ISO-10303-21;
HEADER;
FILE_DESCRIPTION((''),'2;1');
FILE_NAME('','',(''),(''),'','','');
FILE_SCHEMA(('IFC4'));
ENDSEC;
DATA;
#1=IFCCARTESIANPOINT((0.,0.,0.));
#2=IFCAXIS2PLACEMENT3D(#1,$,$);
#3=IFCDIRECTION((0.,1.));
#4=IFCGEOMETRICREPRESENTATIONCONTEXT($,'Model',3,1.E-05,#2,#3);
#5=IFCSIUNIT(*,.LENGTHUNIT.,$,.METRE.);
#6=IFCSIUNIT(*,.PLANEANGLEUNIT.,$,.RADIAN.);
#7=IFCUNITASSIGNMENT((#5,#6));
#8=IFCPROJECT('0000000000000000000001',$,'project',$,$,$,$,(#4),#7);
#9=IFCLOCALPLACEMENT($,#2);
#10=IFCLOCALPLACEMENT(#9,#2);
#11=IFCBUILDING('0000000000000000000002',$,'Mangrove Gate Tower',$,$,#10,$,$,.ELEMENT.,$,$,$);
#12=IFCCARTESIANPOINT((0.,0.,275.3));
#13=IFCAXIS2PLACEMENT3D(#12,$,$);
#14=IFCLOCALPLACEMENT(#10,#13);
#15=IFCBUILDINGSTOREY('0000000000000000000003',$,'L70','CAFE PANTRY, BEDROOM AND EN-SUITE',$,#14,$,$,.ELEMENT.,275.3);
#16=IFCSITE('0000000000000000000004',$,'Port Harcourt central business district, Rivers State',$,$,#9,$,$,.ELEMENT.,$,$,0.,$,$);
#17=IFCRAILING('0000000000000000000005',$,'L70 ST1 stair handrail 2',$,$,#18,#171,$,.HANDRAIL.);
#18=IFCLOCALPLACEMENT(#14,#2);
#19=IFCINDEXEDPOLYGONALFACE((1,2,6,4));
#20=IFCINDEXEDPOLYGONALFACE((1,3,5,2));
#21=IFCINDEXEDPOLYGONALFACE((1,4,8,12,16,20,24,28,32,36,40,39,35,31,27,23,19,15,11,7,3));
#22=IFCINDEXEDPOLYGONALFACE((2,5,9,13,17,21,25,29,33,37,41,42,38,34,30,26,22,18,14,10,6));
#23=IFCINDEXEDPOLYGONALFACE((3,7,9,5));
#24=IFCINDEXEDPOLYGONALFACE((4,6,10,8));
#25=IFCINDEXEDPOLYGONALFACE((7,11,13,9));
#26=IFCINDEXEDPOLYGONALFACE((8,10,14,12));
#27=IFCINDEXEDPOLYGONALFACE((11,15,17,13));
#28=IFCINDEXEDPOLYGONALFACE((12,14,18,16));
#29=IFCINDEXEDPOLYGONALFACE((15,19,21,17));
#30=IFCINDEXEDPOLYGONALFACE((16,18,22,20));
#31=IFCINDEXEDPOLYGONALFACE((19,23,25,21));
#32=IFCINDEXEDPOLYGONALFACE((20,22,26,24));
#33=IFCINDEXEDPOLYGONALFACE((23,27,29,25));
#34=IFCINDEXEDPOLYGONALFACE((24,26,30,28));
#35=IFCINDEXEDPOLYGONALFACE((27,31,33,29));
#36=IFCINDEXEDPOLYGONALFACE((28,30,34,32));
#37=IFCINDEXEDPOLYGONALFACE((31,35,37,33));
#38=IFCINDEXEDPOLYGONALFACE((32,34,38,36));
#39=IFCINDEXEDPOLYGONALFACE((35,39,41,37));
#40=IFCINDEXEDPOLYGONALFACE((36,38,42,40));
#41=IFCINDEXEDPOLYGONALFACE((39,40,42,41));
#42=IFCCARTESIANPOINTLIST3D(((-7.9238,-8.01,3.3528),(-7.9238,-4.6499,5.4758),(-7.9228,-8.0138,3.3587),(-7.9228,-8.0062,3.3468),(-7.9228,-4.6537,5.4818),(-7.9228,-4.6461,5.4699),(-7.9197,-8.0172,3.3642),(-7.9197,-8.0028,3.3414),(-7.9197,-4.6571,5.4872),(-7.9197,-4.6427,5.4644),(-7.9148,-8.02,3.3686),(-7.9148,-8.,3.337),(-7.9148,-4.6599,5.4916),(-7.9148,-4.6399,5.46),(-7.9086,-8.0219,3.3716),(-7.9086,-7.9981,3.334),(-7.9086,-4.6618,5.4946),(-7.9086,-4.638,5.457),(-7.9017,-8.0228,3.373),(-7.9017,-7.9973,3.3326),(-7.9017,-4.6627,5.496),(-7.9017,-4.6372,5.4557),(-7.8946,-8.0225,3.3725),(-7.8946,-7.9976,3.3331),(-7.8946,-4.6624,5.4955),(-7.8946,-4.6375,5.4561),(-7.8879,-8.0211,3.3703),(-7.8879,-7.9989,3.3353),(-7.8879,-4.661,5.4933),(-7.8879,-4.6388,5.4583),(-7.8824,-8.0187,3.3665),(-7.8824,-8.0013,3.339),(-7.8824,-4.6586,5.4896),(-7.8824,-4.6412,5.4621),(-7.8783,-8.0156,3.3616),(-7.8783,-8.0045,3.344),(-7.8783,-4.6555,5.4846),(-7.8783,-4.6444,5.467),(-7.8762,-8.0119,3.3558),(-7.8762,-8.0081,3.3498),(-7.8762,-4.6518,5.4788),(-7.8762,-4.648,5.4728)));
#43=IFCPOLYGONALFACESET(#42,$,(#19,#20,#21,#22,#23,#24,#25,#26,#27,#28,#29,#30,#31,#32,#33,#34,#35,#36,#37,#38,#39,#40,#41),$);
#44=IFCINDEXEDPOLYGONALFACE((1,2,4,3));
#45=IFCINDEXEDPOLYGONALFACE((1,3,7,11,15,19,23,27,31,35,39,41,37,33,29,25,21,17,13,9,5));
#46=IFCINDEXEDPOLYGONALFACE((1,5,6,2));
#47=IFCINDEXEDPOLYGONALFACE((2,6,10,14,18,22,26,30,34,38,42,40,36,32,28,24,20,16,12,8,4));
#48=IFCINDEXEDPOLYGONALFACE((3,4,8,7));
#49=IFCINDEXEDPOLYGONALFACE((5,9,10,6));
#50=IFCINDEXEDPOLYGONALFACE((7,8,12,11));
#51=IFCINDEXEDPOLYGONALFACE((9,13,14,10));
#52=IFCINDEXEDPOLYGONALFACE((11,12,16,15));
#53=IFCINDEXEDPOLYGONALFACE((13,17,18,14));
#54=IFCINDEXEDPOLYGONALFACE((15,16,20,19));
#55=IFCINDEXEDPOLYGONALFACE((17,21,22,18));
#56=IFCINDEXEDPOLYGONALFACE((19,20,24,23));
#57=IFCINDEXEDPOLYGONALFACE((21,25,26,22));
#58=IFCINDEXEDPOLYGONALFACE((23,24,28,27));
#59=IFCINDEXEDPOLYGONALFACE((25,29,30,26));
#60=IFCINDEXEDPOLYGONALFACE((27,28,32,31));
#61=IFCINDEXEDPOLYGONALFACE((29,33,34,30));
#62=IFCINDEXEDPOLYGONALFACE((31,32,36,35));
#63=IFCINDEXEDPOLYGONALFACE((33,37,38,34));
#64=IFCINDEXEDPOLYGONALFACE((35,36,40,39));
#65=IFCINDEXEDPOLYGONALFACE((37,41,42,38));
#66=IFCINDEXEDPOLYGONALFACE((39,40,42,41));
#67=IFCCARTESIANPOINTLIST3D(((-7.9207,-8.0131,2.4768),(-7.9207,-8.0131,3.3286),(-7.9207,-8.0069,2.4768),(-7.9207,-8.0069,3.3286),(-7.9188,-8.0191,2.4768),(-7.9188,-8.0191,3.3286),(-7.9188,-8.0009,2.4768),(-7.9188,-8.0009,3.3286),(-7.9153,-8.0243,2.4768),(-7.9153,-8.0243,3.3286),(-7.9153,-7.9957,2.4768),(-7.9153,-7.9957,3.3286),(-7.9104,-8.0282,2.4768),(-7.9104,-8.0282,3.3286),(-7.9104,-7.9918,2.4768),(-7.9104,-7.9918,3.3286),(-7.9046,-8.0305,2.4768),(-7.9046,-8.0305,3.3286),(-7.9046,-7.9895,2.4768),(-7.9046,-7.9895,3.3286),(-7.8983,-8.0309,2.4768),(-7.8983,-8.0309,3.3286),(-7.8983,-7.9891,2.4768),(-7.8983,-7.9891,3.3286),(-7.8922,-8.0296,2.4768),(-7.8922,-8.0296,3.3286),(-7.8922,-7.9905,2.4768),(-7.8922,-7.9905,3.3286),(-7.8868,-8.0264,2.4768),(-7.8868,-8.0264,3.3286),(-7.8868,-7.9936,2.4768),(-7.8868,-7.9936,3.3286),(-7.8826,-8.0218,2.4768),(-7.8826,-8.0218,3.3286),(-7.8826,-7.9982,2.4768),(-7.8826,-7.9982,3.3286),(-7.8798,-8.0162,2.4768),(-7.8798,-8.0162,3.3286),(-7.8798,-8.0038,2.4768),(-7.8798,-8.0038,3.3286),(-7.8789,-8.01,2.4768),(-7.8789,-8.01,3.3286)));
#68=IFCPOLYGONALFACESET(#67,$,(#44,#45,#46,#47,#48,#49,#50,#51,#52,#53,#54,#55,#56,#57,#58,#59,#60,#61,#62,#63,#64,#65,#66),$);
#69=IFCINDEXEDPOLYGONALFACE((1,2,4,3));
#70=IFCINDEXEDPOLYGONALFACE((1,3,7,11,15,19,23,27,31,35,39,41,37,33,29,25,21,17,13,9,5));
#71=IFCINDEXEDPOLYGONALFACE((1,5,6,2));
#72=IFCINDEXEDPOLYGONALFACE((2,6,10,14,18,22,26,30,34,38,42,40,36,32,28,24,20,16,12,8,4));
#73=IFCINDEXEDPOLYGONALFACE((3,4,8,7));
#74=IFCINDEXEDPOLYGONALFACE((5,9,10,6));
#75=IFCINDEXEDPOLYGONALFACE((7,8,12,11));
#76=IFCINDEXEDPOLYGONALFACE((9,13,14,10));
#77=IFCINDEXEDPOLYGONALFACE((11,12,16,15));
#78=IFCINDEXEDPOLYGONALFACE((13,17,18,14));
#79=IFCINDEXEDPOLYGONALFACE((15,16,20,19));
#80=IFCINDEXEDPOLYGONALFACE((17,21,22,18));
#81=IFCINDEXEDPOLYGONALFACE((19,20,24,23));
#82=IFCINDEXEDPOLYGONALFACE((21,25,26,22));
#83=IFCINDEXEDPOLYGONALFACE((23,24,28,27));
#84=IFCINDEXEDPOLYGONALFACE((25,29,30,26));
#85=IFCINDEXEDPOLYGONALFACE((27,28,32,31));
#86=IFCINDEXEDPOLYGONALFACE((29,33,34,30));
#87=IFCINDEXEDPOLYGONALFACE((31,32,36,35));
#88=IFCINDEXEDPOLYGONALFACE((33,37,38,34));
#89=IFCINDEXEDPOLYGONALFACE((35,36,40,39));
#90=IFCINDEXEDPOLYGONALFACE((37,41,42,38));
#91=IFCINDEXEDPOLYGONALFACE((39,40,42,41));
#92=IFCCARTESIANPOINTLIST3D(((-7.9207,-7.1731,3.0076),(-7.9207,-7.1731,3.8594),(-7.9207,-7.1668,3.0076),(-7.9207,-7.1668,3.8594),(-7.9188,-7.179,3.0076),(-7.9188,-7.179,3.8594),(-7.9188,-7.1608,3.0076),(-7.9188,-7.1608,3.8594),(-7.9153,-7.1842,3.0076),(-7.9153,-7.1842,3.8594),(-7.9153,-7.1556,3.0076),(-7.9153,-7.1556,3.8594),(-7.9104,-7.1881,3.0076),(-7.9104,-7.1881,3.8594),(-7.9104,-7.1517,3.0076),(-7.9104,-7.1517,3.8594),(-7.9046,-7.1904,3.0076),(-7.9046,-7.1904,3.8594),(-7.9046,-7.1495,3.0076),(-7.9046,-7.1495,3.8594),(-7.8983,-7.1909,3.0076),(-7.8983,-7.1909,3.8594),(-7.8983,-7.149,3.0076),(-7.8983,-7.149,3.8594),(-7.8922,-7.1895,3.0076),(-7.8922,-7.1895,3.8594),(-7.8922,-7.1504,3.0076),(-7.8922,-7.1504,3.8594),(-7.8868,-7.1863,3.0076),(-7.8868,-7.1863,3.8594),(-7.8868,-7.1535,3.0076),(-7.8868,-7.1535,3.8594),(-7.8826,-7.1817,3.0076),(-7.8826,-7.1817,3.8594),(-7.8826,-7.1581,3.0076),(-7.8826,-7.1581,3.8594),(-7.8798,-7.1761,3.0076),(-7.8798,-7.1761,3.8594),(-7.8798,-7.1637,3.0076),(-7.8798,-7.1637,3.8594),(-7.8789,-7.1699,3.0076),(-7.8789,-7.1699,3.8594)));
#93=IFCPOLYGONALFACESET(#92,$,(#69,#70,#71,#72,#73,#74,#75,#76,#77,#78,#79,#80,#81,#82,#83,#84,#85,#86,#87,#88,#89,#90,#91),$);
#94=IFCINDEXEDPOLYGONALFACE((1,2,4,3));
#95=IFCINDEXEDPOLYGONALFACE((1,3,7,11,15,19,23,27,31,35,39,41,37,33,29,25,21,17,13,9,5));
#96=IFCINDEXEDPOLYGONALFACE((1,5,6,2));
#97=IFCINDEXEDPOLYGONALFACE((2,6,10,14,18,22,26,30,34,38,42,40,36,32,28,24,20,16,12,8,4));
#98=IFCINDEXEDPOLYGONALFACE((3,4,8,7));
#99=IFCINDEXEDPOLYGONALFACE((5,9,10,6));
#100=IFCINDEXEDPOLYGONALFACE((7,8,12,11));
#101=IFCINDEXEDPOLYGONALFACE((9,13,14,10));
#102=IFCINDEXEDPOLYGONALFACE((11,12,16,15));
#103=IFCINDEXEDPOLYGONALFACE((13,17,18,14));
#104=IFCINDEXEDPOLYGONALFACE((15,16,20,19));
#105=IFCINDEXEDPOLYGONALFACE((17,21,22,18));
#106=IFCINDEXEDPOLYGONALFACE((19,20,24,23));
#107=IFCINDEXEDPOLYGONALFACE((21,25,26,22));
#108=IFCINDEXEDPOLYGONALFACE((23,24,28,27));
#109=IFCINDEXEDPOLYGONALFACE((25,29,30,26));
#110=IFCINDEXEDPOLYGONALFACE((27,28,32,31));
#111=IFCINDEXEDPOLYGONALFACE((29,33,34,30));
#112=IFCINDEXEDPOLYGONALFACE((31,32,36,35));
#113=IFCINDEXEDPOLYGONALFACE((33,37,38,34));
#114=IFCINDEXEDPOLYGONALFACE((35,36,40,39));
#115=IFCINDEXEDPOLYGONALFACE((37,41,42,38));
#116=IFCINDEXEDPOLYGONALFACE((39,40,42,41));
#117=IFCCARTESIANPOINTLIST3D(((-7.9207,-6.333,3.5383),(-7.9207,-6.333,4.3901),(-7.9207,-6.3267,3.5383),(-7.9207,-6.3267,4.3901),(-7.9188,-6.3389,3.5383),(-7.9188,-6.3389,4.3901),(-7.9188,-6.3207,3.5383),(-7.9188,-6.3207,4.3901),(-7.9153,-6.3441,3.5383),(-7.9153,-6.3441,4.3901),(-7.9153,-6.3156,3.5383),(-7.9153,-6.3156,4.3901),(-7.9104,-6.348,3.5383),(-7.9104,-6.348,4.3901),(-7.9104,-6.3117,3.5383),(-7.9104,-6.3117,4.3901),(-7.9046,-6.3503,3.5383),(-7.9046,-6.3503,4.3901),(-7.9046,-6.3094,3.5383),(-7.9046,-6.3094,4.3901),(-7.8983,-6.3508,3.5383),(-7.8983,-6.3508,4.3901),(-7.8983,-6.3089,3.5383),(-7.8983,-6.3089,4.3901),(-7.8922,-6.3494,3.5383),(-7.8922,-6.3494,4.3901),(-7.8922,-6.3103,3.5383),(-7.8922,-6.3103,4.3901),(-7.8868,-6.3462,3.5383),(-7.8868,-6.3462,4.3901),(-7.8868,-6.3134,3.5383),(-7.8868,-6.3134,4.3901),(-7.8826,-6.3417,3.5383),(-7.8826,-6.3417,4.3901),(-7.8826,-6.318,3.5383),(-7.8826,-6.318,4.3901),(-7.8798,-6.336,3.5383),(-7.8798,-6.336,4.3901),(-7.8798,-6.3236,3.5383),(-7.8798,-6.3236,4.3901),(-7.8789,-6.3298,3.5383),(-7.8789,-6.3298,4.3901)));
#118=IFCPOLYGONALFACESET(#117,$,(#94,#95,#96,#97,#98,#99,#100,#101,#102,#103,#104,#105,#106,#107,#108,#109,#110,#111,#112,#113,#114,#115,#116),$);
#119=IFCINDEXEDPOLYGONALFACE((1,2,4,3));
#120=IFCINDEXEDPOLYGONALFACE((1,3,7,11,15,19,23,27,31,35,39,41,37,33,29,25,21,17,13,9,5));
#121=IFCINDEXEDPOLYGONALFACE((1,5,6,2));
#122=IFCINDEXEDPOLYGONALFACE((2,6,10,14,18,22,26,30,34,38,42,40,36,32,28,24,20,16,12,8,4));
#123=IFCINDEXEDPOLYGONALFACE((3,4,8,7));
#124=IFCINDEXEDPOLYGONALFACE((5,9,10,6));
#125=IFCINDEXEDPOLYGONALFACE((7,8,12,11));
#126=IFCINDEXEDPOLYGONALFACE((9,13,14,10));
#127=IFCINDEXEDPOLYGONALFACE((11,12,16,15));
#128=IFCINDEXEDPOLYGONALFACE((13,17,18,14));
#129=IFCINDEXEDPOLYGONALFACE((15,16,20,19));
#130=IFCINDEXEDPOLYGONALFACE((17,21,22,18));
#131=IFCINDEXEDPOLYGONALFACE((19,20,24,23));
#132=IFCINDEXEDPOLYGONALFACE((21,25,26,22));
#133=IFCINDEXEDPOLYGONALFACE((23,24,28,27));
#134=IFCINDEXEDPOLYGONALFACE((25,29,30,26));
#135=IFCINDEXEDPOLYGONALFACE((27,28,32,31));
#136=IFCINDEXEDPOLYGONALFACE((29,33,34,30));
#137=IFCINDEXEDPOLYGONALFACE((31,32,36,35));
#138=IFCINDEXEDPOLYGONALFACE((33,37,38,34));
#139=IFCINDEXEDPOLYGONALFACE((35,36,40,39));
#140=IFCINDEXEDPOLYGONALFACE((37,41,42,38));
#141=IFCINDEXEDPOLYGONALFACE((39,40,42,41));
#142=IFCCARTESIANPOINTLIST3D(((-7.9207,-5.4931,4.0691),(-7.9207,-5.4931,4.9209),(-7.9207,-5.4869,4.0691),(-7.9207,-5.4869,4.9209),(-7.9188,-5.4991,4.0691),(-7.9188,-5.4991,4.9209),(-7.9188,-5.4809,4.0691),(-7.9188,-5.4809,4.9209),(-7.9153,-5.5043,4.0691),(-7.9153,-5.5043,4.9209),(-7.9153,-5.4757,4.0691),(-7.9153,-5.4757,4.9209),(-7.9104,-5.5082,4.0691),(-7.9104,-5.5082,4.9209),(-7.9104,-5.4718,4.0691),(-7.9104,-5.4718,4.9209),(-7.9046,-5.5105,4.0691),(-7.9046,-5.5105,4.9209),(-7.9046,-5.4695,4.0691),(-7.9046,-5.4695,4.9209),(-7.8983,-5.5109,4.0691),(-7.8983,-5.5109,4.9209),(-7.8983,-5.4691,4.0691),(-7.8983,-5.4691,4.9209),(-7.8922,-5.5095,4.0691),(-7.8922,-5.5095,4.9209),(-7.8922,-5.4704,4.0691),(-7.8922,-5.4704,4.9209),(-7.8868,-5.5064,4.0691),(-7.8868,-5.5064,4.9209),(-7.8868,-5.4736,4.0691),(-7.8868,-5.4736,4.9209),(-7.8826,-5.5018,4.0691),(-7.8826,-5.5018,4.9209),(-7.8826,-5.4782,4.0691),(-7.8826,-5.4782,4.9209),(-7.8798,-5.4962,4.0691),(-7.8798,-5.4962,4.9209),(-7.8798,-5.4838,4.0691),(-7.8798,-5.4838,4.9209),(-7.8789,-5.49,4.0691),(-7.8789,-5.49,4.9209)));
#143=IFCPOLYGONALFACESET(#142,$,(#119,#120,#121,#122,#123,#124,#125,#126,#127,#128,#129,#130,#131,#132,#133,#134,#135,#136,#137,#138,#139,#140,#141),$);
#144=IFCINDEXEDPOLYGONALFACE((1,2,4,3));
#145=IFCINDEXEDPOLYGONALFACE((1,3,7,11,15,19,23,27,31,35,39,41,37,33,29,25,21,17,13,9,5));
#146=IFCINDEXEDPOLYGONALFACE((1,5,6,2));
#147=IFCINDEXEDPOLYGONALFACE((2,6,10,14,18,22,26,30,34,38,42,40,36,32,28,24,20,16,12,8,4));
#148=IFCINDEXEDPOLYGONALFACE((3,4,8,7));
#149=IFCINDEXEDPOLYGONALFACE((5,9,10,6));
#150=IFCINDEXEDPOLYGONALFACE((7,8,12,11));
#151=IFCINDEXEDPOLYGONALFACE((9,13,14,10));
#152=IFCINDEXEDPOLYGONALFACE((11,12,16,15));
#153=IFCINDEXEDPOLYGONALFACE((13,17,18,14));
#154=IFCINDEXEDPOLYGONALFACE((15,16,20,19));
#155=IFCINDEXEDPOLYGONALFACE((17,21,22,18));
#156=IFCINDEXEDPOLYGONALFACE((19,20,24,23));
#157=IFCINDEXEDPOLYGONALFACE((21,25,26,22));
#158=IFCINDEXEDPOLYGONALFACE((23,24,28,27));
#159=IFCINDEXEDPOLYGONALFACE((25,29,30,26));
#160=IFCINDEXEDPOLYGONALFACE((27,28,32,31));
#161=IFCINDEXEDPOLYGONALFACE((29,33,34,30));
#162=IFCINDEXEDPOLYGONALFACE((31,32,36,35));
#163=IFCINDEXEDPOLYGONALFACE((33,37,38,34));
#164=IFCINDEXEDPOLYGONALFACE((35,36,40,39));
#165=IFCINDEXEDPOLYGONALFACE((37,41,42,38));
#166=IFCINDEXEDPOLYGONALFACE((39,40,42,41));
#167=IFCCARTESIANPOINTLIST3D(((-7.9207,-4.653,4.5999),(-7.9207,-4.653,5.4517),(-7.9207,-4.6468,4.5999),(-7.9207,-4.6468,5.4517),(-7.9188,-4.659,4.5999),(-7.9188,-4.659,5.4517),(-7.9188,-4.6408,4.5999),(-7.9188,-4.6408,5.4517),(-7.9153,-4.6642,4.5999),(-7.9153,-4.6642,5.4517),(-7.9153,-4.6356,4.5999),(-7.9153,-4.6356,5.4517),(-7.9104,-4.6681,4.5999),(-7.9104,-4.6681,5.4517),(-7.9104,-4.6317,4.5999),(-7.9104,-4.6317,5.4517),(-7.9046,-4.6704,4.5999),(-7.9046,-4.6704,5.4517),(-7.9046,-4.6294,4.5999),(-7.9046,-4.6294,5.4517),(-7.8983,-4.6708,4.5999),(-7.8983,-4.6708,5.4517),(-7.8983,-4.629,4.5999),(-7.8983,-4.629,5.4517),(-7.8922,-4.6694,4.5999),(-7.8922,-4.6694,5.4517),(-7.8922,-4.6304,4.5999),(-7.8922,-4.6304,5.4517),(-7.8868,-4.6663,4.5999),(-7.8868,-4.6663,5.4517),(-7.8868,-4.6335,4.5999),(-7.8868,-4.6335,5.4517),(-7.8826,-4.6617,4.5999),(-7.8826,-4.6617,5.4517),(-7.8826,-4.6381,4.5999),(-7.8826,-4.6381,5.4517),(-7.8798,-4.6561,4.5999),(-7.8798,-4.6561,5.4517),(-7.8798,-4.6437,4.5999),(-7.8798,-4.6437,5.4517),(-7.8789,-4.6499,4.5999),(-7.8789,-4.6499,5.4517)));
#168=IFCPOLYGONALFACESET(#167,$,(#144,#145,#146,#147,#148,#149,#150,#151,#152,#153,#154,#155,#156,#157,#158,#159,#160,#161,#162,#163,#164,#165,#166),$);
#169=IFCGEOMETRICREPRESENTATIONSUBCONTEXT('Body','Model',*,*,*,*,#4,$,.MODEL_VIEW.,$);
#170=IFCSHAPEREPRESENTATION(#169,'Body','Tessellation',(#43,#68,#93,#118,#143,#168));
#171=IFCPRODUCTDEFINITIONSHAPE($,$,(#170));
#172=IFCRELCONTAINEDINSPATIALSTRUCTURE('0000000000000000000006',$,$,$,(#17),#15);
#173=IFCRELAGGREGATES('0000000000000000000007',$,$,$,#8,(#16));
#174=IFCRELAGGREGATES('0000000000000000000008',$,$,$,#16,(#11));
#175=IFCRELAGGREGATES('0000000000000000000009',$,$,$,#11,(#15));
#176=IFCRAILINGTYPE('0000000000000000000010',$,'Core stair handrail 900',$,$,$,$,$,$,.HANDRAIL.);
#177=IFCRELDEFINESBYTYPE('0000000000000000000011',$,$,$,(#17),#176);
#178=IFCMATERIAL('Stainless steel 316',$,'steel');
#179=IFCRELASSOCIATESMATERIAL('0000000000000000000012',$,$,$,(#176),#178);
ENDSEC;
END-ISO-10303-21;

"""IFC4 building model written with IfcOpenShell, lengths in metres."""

from ifc_helpers import new_model, si_unit, direction, frame, origin, origin_2d, place, context, subcontext, project, spatial, circle, extrude, material, type_object, element, save


model = new_model("IFC4")

# Units and contexts
model_context = context("Model", 3, precision=1e-05, world=origin(), true_north=direction((0.0, 1.0)))
body_context = subcontext(model_context, "Body", "Model", "MODEL_VIEW")
ifc_project = project(units=[si_unit("LENGTHUNIT", "METRE"), si_unit("PLANEANGLEUNIT", "RADIAN")], contexts=[model_context])

# Site, building, storey
site_placement = place(None, origin())
site = spatial("IfcSite", under=ifc_project, at=site_placement, Name="Port Harcourt central business district, Rivers State", CompositionType="ELEMENT", RefElevation=0.0)
building_placement = place(site_placement, origin())
building = spatial("IfcBuilding", under=site, at=building_placement, Name="Mangrove Gate Tower", CompositionType="ELEMENT")
storey_placement = place(building_placement, frame((0.0, 0.0, 275.3)))
storey = spatial("IfcBuildingStorey", under=building, at=storey_placement, Name="L70", Description="CAFE PANTRY, BEDROOM AND EN-SUITE", CompositionType="ELEMENT", Elevation=275.3)

# Railing
ifc_material_1 = material(Name="Stainless steel 316", Category="steel")
railing_type_1 = type_object("IfcRailingType", Name="Core stair handrail 900", PredefinedType="HANDRAIL", material=ifc_material_1)
railing_1_placement = place(storey_placement, frame((-7.8999, -8.01, 2.4768)))
element("IfcRailing", 1, at=railing_1_placement, inside=storey, type_object=railing_type_1, Name="L70 ST1 stair handrail 2", PredefinedType="HANDRAIL", context=body_context, shape_type="SweptSolid", body=[
    extrude(circle(Radius=0.0239, at=origin_2d()), frame((0.0, 0.0, 0.876), z_axis=(0.0, 0.84539, 0.53415), x_axis=(-1.0, 0.0, 0.0)), (0.0, 0.0, 1.0), 3.9746),
    extrude(circle(Radius=0.021, at=origin_2d()), origin(), (0.0, 0.0, 1.0), 0.8518),
    extrude(circle(Radius=0.021, at=origin_2d()), frame((0.0, 0.8401, 0.5308)), (0.0, 0.0, 1.0), 0.8518),
    extrude(circle(Radius=0.021, at=origin_2d()), frame((0.0, 1.6802, 1.0615)), (0.0, 0.0, 1.0), 0.8518),
    extrude(circle(Radius=0.021, at=origin_2d()), frame((0.0, 2.52, 1.5923)), (0.0, 0.0, 1.0), 0.8518),
    extrude(circle(Radius=0.021, at=origin_2d()), frame((0.0, 3.3601, 2.123)), (0.0, 0.0, 1.0), 0.8518),
])

save(model, "model.ifc")
